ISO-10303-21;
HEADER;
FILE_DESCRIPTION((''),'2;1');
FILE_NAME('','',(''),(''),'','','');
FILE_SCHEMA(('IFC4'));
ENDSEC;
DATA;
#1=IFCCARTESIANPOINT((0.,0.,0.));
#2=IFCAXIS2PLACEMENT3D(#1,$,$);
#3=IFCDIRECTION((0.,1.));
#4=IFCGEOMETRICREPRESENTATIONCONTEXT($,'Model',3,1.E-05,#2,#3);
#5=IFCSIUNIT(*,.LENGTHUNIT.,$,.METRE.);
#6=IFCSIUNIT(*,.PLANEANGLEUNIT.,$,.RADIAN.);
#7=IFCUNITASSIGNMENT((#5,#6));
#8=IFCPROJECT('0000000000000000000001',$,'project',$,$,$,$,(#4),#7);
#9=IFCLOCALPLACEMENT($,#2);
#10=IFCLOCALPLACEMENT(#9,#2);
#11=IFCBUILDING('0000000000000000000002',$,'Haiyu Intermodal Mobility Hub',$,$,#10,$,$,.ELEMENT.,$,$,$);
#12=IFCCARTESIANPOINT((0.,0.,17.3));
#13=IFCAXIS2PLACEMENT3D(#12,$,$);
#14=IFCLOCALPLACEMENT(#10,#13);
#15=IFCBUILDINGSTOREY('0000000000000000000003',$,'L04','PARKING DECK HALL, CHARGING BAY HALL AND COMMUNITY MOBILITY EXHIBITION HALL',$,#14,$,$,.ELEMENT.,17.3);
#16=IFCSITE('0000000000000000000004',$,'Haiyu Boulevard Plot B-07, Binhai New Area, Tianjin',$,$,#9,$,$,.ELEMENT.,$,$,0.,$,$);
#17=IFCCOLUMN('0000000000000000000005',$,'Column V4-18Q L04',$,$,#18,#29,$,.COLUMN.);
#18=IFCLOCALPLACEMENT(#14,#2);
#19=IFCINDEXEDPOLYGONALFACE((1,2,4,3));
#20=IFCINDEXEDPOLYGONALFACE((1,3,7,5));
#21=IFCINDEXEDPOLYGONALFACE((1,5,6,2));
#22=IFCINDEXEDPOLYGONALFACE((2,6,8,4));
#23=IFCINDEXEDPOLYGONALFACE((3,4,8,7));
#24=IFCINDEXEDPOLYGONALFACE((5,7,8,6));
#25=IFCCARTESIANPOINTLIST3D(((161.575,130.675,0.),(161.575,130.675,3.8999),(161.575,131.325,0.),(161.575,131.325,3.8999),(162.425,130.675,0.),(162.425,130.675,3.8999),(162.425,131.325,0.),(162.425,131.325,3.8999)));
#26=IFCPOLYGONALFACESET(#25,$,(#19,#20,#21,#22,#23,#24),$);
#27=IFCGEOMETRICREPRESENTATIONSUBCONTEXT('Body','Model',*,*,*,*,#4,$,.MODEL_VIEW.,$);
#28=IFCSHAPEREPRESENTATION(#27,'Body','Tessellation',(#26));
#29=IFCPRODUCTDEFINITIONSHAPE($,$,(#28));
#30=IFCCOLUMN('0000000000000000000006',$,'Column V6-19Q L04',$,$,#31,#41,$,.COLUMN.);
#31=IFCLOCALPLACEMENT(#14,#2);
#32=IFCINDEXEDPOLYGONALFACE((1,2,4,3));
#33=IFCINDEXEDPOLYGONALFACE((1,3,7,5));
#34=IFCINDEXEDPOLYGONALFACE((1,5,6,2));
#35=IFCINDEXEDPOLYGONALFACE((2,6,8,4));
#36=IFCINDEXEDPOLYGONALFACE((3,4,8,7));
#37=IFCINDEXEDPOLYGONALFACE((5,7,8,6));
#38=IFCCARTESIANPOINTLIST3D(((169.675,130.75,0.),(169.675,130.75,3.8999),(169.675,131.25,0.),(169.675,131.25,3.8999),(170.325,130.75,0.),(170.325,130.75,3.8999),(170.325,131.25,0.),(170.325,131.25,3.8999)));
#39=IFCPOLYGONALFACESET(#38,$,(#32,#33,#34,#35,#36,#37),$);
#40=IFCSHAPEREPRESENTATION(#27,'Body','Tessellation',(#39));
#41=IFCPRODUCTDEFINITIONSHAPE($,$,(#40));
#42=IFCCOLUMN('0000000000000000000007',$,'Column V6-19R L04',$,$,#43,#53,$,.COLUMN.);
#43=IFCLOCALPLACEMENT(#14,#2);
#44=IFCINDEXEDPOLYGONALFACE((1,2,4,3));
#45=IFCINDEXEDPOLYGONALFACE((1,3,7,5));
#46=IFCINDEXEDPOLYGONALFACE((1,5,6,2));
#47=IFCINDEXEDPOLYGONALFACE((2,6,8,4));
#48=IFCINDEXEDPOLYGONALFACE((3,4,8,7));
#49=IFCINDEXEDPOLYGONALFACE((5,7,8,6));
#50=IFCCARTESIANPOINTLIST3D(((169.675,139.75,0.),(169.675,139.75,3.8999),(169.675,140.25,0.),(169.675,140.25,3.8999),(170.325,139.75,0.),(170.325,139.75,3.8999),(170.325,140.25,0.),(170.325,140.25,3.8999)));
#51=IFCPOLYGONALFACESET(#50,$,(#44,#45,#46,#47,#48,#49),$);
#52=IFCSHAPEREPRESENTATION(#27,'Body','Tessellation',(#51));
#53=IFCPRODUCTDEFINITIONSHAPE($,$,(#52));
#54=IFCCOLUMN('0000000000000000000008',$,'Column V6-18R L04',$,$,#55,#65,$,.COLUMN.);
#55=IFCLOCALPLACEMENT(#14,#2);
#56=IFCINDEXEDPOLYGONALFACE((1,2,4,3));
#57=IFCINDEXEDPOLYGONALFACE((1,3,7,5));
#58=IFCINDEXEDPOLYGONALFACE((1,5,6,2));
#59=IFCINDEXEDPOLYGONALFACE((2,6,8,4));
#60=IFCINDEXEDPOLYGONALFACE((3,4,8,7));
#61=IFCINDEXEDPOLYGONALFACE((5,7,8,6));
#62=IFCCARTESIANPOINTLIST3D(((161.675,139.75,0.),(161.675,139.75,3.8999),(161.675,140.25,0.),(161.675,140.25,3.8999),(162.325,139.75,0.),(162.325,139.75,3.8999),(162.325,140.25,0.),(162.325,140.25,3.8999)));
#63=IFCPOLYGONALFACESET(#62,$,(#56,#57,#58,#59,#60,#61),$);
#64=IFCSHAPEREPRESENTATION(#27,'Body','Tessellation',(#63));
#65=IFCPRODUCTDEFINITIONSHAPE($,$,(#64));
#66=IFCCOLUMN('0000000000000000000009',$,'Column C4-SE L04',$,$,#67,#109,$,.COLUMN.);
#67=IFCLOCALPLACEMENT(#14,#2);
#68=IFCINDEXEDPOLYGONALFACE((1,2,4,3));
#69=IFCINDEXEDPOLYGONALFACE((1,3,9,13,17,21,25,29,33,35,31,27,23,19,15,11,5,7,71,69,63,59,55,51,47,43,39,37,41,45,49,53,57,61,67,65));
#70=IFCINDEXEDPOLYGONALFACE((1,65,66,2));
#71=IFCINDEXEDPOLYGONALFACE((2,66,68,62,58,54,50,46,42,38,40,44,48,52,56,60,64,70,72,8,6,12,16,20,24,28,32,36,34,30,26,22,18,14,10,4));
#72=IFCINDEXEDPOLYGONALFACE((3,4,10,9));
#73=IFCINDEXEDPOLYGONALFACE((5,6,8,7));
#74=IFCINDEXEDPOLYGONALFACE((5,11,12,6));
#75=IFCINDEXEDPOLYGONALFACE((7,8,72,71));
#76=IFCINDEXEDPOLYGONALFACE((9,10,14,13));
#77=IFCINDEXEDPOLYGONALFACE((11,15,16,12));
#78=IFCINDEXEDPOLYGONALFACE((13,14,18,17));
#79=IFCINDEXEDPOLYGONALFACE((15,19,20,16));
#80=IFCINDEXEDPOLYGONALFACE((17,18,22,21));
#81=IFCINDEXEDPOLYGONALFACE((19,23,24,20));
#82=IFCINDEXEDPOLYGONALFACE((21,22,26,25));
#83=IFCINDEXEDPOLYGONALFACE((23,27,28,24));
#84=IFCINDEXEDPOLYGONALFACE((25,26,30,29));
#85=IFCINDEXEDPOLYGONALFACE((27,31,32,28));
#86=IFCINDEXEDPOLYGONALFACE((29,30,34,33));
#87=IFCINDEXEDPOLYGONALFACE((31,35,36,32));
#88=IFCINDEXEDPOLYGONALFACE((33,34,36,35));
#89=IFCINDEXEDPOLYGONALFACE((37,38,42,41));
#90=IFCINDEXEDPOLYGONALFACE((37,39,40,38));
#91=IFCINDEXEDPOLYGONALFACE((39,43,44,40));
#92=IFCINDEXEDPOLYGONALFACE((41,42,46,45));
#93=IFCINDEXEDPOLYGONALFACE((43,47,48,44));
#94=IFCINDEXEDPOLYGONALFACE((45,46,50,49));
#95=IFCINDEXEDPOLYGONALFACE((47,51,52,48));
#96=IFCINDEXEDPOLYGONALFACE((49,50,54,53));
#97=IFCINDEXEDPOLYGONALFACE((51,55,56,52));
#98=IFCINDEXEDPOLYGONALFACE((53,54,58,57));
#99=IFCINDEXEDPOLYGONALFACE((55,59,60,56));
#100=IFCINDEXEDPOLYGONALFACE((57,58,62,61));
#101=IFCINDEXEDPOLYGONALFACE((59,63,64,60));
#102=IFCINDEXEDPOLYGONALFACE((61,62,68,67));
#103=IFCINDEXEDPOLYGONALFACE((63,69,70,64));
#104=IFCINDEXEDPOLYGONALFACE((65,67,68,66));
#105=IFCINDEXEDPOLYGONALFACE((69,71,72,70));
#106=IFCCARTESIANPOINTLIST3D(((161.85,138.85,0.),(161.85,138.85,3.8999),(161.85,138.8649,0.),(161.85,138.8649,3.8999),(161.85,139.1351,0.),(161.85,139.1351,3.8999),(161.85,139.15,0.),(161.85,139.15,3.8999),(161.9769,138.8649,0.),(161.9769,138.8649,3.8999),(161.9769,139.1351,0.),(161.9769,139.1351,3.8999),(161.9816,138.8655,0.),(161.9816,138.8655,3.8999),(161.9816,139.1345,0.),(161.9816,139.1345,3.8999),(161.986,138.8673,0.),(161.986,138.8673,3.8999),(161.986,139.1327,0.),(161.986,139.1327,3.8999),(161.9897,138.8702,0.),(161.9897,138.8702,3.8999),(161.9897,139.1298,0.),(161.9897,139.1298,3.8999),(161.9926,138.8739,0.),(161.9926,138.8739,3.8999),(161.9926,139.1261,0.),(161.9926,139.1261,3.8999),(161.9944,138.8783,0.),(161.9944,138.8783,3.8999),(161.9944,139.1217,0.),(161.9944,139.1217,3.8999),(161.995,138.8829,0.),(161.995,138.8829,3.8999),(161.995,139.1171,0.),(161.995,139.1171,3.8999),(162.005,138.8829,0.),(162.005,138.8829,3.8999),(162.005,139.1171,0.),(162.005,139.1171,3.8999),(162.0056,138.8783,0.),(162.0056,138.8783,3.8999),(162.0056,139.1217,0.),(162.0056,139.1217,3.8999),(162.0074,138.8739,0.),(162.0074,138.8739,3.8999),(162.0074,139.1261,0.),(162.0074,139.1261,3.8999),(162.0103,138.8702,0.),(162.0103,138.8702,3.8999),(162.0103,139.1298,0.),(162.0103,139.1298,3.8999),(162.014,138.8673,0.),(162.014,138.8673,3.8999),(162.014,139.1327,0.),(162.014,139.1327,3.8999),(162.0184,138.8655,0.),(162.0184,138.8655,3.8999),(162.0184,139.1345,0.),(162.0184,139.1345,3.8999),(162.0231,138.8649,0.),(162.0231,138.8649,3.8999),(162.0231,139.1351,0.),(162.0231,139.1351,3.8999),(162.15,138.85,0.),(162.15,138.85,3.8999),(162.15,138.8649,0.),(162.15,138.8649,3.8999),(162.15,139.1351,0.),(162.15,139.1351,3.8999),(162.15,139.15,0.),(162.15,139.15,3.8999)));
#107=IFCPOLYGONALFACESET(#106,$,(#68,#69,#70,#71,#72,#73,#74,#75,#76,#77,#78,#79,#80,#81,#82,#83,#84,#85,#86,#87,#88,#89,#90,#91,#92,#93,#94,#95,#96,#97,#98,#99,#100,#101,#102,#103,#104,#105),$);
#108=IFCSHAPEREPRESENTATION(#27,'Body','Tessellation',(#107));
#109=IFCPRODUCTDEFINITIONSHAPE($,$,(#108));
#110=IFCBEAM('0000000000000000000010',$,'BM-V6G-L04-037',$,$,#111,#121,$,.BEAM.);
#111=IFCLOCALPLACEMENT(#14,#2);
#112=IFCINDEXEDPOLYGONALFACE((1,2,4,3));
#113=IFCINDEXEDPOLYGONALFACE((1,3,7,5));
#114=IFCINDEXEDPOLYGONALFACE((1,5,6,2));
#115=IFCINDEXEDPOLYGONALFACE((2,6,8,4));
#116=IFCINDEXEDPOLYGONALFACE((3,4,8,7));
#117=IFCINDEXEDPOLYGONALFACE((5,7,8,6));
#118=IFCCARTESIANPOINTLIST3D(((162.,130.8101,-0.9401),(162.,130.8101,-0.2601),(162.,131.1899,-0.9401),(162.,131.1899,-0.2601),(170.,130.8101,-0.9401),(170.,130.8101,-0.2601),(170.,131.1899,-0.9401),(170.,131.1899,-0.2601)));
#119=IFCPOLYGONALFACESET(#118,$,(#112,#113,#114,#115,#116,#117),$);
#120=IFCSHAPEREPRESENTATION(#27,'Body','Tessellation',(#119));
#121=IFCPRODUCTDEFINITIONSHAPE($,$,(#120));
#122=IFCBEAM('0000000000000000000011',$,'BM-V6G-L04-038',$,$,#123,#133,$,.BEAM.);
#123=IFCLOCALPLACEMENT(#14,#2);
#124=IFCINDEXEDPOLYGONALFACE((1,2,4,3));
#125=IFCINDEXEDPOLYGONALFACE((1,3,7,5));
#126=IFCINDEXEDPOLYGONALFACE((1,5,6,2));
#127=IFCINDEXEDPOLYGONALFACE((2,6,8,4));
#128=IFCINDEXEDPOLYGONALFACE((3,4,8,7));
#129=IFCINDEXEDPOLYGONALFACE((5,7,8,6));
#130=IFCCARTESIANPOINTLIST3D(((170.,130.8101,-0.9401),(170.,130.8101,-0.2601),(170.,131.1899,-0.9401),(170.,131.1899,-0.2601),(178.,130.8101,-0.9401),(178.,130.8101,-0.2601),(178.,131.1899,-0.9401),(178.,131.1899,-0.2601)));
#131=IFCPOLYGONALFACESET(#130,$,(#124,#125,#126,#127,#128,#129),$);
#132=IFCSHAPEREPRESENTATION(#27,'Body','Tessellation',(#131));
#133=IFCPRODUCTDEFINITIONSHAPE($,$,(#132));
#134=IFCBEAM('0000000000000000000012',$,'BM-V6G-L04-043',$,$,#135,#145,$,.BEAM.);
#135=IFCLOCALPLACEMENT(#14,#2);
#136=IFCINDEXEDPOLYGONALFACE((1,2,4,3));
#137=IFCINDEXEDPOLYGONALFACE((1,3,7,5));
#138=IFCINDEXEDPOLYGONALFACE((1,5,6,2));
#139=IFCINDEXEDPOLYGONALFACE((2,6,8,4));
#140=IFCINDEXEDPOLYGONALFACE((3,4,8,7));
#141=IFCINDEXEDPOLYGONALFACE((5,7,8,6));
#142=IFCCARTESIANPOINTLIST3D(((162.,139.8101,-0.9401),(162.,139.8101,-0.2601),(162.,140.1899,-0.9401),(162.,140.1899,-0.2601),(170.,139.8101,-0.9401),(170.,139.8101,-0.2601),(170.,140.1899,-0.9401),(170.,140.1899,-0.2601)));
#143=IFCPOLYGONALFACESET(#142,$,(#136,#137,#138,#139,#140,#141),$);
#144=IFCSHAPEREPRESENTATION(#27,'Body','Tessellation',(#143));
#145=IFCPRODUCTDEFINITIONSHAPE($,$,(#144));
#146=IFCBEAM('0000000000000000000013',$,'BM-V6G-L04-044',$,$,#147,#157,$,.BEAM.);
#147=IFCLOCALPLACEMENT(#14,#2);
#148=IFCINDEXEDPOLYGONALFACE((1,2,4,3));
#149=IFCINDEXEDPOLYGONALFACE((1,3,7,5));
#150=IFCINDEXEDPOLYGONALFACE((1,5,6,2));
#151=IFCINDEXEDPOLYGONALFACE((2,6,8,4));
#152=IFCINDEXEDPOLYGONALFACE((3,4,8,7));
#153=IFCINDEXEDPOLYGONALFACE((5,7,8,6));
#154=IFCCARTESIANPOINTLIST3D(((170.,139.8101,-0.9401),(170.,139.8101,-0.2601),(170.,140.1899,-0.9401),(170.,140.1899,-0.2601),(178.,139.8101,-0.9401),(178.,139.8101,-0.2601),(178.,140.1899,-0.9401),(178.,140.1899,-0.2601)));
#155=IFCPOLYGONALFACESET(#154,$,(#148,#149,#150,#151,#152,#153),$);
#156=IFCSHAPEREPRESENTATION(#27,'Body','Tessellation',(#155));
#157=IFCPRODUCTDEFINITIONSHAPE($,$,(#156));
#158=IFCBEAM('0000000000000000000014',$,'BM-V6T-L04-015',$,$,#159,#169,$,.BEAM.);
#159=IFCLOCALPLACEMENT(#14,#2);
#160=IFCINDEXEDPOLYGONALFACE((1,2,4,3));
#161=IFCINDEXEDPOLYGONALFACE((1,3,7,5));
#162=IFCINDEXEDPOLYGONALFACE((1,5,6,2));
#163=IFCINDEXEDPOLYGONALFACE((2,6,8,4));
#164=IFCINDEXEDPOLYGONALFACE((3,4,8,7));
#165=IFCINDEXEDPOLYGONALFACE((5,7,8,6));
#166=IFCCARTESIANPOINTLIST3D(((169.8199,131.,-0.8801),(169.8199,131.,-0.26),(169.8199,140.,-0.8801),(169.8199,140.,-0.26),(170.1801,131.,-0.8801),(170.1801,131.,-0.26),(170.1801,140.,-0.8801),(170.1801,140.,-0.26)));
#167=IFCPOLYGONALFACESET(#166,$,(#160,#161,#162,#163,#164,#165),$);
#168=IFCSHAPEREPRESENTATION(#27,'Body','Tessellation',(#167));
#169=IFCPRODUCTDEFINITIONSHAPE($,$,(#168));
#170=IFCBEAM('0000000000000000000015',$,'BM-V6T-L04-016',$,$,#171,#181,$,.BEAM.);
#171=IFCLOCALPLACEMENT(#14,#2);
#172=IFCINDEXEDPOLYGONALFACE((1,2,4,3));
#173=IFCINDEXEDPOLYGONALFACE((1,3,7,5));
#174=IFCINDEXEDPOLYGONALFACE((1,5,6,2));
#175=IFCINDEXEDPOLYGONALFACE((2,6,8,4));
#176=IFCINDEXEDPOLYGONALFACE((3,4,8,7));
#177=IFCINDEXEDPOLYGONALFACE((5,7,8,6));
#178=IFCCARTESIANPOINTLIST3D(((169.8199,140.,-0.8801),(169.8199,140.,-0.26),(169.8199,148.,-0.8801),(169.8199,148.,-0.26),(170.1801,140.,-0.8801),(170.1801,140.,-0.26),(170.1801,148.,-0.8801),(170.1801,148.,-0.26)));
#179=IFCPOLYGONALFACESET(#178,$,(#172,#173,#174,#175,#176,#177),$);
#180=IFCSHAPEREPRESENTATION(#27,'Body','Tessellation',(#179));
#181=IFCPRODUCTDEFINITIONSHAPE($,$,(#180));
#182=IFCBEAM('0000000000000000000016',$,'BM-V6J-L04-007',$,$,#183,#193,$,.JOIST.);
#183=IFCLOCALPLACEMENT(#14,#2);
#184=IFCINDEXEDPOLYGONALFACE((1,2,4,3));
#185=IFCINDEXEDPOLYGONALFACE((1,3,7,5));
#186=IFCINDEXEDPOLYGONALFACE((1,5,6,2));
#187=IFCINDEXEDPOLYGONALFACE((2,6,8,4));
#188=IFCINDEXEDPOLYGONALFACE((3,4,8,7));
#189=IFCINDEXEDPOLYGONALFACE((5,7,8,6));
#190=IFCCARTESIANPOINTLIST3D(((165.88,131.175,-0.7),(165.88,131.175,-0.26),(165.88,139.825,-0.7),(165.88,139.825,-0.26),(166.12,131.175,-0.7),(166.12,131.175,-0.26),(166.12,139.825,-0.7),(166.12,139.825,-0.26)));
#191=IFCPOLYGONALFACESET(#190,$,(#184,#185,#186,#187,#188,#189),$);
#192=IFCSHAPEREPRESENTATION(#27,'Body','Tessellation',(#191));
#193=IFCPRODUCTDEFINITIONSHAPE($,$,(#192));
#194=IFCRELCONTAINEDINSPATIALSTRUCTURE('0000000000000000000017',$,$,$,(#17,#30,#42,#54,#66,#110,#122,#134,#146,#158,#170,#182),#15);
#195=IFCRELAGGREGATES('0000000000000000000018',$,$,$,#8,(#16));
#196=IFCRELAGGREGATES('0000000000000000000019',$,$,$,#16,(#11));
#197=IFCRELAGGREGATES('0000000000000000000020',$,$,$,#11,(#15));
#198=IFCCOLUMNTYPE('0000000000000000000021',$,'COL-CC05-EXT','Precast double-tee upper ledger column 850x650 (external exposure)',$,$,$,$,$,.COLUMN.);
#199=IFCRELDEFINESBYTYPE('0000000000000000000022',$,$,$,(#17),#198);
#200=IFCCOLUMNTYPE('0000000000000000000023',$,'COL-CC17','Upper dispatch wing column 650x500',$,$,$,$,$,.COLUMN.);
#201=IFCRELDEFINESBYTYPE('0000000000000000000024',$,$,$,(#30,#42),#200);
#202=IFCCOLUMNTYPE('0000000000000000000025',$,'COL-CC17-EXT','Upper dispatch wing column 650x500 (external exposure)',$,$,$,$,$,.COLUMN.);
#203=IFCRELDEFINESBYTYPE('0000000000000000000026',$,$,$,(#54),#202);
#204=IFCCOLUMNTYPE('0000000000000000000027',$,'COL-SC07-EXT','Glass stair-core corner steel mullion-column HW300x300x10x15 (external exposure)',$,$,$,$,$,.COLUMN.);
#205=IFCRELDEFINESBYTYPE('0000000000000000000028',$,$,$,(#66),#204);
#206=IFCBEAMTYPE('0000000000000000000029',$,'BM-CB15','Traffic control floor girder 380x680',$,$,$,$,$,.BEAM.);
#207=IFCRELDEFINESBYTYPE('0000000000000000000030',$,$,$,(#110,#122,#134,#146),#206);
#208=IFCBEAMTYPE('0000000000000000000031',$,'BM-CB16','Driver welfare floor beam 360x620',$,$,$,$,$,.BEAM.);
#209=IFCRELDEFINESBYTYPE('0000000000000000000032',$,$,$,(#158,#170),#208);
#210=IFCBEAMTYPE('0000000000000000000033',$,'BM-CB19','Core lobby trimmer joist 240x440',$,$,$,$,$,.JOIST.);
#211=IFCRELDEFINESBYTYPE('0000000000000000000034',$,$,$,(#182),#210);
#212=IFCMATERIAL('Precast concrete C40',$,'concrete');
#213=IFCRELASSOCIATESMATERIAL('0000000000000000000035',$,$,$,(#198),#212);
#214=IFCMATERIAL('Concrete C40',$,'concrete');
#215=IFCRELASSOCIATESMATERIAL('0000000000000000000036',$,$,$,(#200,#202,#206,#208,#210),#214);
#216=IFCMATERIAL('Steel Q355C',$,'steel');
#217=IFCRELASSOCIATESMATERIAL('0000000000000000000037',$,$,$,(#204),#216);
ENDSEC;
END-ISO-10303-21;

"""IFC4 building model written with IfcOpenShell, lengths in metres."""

from ifc_helpers import new_model, si_unit, direction, frame, origin, origin_2d, place, context, subcontext, project, spatial, rectangle, i_section, extrude, material, material_profile, profile_set, type_object, element, save


model = new_model("IFC4")

# Units and contexts
model_context = context("Model", 3, precision=1e-05, world=origin(), true_north=direction((0.0, 1.0)))
body_context = subcontext(model_context, "Body", "Model", "MODEL_VIEW")
ifc_project = project(units=[si_unit("LENGTHUNIT", "METRE"), si_unit("PLANEANGLEUNIT", "RADIAN")], contexts=[model_context])

# Site, building, storey
site_placement = place(None, origin())
site = spatial("IfcSite", under=ifc_project, at=site_placement, Name="Haiyu Boulevard Plot B-07, Binhai New Area, Tianjin", CompositionType="ELEMENT", RefElevation=0.0)
building_placement = place(site_placement, origin())
building = spatial("IfcBuilding", under=site, at=building_placement, Name="Haiyu Intermodal Mobility Hub", CompositionType="ELEMENT")
storey_placement = place(building_placement, frame((0.0, 0.0, 17.3)))
storey = spatial("IfcBuildingStorey", under=building, at=storey_placement, Name="L04", Description="PARKING DECK HALL, CHARGING BAY HALL AND COMMUNITY MOBILITY EXHIBITION HALL", CompositionType="ELEMENT", Elevation=17.3)

# Columns
ifc_material_1 = material(Name="Precast concrete C40", Category="concrete")
ifc_material_profile_1 = material_profile(ifc_material_1, rectangle(XDim=0.8501, YDim=0.6499, at=origin_2d()), Name="RC850x650")
ifc_profile_set_1 = profile_set([ifc_material_profile_1], Name="Precast concrete C40")
column_type_1 = type_object("IfcColumnType", Name="COL-CC05-EXT", Description="Precast double-tee upper ledger column 850x650 (external exposure)", PredefinedType="COLUMN", material=ifc_profile_set_1)
column_1_placement = place(storey_placement, frame((162.0, 131.0, 0.0), z_axis=(0.0, 0.0, 1.0), x_axis=(1.0, 0.0, 0.0)))
element("IfcColumn", 1, at=column_1_placement, inside=storey, type_object=column_type_1, Name="Column V4-18Q L04", PredefinedType="COLUMN", context=body_context, shape_type="SweptSolid", body=[
    extrude(rectangle(XDim=0.8501, YDim=0.6499, at=origin_2d()), origin(), (0.0, 0.0, 1.0), 3.8999),
])
ifc_material_2 = material(Name="Concrete C40", Category="concrete")
ifc_material_profile_2 = material_profile(ifc_material_2, rectangle(XDim=0.6499, YDim=0.5, at=origin_2d()), Name="C650x500")
ifc_profile_set_2 = profile_set([ifc_material_profile_2], Name="Concrete C40")
column_type_2 = type_object("IfcColumnType", Name="COL-CC17", Description="Upper dispatch wing column 650x500", PredefinedType="COLUMN", material=ifc_profile_set_2)
for number, where, z_axis, x_axis, name in (
    (2, (170.0, 131.0, 0.0), (0.0, 0.0, 1.0), (1.0, 0.0, 0.0), "Column V6-19Q L04"),
    (3, (170.0, 140.0, 0.0), (0.0, 0.0, 1.0), (1.0, 0.0, 0.0), "Column V6-19R L04"),
):
    element("IfcColumn", number, at=place(storey_placement, frame(where, z_axis=z_axis, x_axis=x_axis)), inside=storey, type_object=column_type_2, Name=name, PredefinedType="COLUMN", context=body_context, shape_type="SweptSolid", body=[
        extrude(rectangle(XDim=0.6499, YDim=0.5, at=origin_2d()), origin(), (0.0, 0.0, 1.0), 3.8999),
    ])
ifc_material_profile_3 = material_profile(ifc_material_2, rectangle(XDim=0.6499, YDim=0.5, at=origin_2d()), Name="C650x500")
ifc_profile_set_3 = profile_set([ifc_material_profile_3], Name="Concrete C40")
column_type_3 = type_object("IfcColumnType", Name="COL-CC17-EXT", Description="Upper dispatch wing column 650x500 (external exposure)", PredefinedType="COLUMN", material=ifc_profile_set_3)
column_2_placement = place(storey_placement, frame((162.0, 140.0, 0.0), z_axis=(0.0, 0.0, 1.0), x_axis=(1.0, 0.0, 0.0)))
element("IfcColumn", 4, at=column_2_placement, inside=storey, type_object=column_type_3, Name="Column V6-18R L04", PredefinedType="COLUMN", context=body_context, shape_type="SweptSolid", body=[
    extrude(rectangle(XDim=0.6499, YDim=0.5, at=origin_2d()), origin(), (0.0, 0.0, 1.0), 3.8999),
])
ifc_material_3 = material(Name="Steel Q355C", Category="steel")
ifc_material_profile_4 = material_profile(ifc_material_3, i_section(OverallWidth=0.3, OverallDepth=0.3, WebThickness=0.01, FlangeThickness=0.0149, FilletRadius=0.0181, at=origin_2d()), Name="HW300x300x10x15")
ifc_profile_set_4 = profile_set([ifc_material_profile_4], Name="Steel Q355C")
column_type_4 = type_object("IfcColumnType", Name="COL-SC07-EXT", Description="Glass stair-core corner steel mullion-column HW300x300x10x15 (external exposure)", PredefinedType="COLUMN", material=ifc_profile_set_4)
column_3_placement = place(storey_placement, frame((162.0, 139.0, 0.0), z_axis=(0.0, 0.0, 1.0), x_axis=(1.0, 0.0, 0.0)))
element("IfcColumn", 5, at=column_3_placement, inside=storey, type_object=column_type_4, Name="Column C4-SE L04", PredefinedType="COLUMN", context=body_context, shape_type="SweptSolid", body=[
    extrude(i_section(OverallWidth=0.3, OverallDepth=0.3, WebThickness=0.01, FlangeThickness=0.0149, FilletRadius=0.0181, at=origin_2d()), origin(), (0.0, 0.0, 1.0), 3.8999),
])

# Beams
ifc_material_profile_5 = material_profile(ifc_material_2, rectangle(XDim=0.3799, YDim=0.6799, at=origin_2d()), Name="B380x680")
ifc_profile_set_5 = profile_set([ifc_material_profile_5], Name="Concrete C40")
beam_type_1 = type_object("IfcBeamType", Name="BM-CB15", Description="Traffic control floor girder 380x680", PredefinedType="BEAM", material=ifc_profile_set_5)
for number, where, z_axis, x_axis, name in (
    (6, (162.0, 131.0, -0.6001), (1.0, 0.0, 0.0), (0.0, 1.0, 0.0), "BM-V6G-L04-037"),
    (7, (170.0, 131.0, -0.6001), (1.0, 0.0, 0.0), (0.0, 1.0, 0.0), "BM-V6G-L04-038"),
    (8, (162.0, 140.0, -0.6001), (1.0, 0.0, 0.0), (0.0, 1.0, 0.0), "BM-V6G-L04-043"),
    (9, (170.0, 140.0, -0.6001), (1.0, 0.0, 0.0), (0.0, 1.0, 0.0), "BM-V6G-L04-044"),
):
    element("IfcBeam", number, at=place(storey_placement, frame(where, z_axis=z_axis, x_axis=x_axis)), inside=storey, type_object=beam_type_1, Name=name, PredefinedType="BEAM", context=body_context, shape_type="SweptSolid", body=[
        extrude(rectangle(XDim=0.3799, YDim=0.6799, at=origin_2d()), origin(), (0.0, 0.0, 1.0), 8.0),
    ])
ifc_material_profile_6 = material_profile(ifc_material_2, rectangle(XDim=0.3601, YDim=0.6201, at=origin_2d()), Name="B360x620")
ifc_profile_set_6 = profile_set([ifc_material_profile_6], Name="Concrete C40")
beam_type_2 = type_object("IfcBeamType", Name="BM-CB16", Description="Driver welfare floor beam 360x620", PredefinedType="BEAM", material=ifc_profile_set_6)
beam_1_placement = place(storey_placement, frame((170.0, 131.0, -0.5701), z_axis=(0.0, 1.0, 0.0), x_axis=(-1.0, 0.0, 0.0)))
element("IfcBeam", 10, at=beam_1_placement, inside=storey, type_object=beam_type_2, Name="BM-V6T-L04-015", PredefinedType="BEAM", context=body_context, shape_type="SweptSolid", body=[
    extrude(rectangle(XDim=0.3601, YDim=0.6201, at=origin_2d()), origin(), (0.0, 0.0, 1.0), 9.0),
])
beam_2_placement = place(storey_placement, frame((170.0, 140.0, -0.5701), z_axis=(0.0, 1.0, 0.0), x_axis=(-1.0, 0.0, 0.0)))
element("IfcBeam", 11, at=beam_2_placement, inside=storey, type_object=beam_type_2, Name="BM-V6T-L04-016", PredefinedType="BEAM", context=body_context, shape_type="SweptSolid", body=[
    extrude(rectangle(XDim=0.3601, YDim=0.6201, at=origin_2d()), origin(), (0.0, 0.0, 1.0), 8.0),
])
ifc_material_profile_7 = material_profile(ifc_material_2, rectangle(XDim=0.24, YDim=0.4399, at=origin_2d()), Name="B240x440")
ifc_profile_set_7 = profile_set([ifc_material_profile_7], Name="Concrete C40")
beam_type_3 = type_object("IfcBeamType", Name="BM-CB19", Description="Core lobby trimmer joist 240x440", PredefinedType="JOIST", material=ifc_profile_set_7)
beam_3_placement = place(storey_placement, frame((166.0, 131.175, -0.48), z_axis=(0.0, 1.0, 0.0), x_axis=(-1.0, 0.0, 0.0)))
element("IfcBeam", 12, at=beam_3_placement, inside=storey, type_object=beam_type_3, Name="BM-V6J-L04-007", PredefinedType="JOIST", context=body_context, shape_type="SweptSolid", body=[
    extrude(rectangle(XDim=0.24, YDim=0.4399, at=origin_2d()), origin(), (0.0, 0.0, 1.0), 8.6499),
])

save(model, "model.ifc")
